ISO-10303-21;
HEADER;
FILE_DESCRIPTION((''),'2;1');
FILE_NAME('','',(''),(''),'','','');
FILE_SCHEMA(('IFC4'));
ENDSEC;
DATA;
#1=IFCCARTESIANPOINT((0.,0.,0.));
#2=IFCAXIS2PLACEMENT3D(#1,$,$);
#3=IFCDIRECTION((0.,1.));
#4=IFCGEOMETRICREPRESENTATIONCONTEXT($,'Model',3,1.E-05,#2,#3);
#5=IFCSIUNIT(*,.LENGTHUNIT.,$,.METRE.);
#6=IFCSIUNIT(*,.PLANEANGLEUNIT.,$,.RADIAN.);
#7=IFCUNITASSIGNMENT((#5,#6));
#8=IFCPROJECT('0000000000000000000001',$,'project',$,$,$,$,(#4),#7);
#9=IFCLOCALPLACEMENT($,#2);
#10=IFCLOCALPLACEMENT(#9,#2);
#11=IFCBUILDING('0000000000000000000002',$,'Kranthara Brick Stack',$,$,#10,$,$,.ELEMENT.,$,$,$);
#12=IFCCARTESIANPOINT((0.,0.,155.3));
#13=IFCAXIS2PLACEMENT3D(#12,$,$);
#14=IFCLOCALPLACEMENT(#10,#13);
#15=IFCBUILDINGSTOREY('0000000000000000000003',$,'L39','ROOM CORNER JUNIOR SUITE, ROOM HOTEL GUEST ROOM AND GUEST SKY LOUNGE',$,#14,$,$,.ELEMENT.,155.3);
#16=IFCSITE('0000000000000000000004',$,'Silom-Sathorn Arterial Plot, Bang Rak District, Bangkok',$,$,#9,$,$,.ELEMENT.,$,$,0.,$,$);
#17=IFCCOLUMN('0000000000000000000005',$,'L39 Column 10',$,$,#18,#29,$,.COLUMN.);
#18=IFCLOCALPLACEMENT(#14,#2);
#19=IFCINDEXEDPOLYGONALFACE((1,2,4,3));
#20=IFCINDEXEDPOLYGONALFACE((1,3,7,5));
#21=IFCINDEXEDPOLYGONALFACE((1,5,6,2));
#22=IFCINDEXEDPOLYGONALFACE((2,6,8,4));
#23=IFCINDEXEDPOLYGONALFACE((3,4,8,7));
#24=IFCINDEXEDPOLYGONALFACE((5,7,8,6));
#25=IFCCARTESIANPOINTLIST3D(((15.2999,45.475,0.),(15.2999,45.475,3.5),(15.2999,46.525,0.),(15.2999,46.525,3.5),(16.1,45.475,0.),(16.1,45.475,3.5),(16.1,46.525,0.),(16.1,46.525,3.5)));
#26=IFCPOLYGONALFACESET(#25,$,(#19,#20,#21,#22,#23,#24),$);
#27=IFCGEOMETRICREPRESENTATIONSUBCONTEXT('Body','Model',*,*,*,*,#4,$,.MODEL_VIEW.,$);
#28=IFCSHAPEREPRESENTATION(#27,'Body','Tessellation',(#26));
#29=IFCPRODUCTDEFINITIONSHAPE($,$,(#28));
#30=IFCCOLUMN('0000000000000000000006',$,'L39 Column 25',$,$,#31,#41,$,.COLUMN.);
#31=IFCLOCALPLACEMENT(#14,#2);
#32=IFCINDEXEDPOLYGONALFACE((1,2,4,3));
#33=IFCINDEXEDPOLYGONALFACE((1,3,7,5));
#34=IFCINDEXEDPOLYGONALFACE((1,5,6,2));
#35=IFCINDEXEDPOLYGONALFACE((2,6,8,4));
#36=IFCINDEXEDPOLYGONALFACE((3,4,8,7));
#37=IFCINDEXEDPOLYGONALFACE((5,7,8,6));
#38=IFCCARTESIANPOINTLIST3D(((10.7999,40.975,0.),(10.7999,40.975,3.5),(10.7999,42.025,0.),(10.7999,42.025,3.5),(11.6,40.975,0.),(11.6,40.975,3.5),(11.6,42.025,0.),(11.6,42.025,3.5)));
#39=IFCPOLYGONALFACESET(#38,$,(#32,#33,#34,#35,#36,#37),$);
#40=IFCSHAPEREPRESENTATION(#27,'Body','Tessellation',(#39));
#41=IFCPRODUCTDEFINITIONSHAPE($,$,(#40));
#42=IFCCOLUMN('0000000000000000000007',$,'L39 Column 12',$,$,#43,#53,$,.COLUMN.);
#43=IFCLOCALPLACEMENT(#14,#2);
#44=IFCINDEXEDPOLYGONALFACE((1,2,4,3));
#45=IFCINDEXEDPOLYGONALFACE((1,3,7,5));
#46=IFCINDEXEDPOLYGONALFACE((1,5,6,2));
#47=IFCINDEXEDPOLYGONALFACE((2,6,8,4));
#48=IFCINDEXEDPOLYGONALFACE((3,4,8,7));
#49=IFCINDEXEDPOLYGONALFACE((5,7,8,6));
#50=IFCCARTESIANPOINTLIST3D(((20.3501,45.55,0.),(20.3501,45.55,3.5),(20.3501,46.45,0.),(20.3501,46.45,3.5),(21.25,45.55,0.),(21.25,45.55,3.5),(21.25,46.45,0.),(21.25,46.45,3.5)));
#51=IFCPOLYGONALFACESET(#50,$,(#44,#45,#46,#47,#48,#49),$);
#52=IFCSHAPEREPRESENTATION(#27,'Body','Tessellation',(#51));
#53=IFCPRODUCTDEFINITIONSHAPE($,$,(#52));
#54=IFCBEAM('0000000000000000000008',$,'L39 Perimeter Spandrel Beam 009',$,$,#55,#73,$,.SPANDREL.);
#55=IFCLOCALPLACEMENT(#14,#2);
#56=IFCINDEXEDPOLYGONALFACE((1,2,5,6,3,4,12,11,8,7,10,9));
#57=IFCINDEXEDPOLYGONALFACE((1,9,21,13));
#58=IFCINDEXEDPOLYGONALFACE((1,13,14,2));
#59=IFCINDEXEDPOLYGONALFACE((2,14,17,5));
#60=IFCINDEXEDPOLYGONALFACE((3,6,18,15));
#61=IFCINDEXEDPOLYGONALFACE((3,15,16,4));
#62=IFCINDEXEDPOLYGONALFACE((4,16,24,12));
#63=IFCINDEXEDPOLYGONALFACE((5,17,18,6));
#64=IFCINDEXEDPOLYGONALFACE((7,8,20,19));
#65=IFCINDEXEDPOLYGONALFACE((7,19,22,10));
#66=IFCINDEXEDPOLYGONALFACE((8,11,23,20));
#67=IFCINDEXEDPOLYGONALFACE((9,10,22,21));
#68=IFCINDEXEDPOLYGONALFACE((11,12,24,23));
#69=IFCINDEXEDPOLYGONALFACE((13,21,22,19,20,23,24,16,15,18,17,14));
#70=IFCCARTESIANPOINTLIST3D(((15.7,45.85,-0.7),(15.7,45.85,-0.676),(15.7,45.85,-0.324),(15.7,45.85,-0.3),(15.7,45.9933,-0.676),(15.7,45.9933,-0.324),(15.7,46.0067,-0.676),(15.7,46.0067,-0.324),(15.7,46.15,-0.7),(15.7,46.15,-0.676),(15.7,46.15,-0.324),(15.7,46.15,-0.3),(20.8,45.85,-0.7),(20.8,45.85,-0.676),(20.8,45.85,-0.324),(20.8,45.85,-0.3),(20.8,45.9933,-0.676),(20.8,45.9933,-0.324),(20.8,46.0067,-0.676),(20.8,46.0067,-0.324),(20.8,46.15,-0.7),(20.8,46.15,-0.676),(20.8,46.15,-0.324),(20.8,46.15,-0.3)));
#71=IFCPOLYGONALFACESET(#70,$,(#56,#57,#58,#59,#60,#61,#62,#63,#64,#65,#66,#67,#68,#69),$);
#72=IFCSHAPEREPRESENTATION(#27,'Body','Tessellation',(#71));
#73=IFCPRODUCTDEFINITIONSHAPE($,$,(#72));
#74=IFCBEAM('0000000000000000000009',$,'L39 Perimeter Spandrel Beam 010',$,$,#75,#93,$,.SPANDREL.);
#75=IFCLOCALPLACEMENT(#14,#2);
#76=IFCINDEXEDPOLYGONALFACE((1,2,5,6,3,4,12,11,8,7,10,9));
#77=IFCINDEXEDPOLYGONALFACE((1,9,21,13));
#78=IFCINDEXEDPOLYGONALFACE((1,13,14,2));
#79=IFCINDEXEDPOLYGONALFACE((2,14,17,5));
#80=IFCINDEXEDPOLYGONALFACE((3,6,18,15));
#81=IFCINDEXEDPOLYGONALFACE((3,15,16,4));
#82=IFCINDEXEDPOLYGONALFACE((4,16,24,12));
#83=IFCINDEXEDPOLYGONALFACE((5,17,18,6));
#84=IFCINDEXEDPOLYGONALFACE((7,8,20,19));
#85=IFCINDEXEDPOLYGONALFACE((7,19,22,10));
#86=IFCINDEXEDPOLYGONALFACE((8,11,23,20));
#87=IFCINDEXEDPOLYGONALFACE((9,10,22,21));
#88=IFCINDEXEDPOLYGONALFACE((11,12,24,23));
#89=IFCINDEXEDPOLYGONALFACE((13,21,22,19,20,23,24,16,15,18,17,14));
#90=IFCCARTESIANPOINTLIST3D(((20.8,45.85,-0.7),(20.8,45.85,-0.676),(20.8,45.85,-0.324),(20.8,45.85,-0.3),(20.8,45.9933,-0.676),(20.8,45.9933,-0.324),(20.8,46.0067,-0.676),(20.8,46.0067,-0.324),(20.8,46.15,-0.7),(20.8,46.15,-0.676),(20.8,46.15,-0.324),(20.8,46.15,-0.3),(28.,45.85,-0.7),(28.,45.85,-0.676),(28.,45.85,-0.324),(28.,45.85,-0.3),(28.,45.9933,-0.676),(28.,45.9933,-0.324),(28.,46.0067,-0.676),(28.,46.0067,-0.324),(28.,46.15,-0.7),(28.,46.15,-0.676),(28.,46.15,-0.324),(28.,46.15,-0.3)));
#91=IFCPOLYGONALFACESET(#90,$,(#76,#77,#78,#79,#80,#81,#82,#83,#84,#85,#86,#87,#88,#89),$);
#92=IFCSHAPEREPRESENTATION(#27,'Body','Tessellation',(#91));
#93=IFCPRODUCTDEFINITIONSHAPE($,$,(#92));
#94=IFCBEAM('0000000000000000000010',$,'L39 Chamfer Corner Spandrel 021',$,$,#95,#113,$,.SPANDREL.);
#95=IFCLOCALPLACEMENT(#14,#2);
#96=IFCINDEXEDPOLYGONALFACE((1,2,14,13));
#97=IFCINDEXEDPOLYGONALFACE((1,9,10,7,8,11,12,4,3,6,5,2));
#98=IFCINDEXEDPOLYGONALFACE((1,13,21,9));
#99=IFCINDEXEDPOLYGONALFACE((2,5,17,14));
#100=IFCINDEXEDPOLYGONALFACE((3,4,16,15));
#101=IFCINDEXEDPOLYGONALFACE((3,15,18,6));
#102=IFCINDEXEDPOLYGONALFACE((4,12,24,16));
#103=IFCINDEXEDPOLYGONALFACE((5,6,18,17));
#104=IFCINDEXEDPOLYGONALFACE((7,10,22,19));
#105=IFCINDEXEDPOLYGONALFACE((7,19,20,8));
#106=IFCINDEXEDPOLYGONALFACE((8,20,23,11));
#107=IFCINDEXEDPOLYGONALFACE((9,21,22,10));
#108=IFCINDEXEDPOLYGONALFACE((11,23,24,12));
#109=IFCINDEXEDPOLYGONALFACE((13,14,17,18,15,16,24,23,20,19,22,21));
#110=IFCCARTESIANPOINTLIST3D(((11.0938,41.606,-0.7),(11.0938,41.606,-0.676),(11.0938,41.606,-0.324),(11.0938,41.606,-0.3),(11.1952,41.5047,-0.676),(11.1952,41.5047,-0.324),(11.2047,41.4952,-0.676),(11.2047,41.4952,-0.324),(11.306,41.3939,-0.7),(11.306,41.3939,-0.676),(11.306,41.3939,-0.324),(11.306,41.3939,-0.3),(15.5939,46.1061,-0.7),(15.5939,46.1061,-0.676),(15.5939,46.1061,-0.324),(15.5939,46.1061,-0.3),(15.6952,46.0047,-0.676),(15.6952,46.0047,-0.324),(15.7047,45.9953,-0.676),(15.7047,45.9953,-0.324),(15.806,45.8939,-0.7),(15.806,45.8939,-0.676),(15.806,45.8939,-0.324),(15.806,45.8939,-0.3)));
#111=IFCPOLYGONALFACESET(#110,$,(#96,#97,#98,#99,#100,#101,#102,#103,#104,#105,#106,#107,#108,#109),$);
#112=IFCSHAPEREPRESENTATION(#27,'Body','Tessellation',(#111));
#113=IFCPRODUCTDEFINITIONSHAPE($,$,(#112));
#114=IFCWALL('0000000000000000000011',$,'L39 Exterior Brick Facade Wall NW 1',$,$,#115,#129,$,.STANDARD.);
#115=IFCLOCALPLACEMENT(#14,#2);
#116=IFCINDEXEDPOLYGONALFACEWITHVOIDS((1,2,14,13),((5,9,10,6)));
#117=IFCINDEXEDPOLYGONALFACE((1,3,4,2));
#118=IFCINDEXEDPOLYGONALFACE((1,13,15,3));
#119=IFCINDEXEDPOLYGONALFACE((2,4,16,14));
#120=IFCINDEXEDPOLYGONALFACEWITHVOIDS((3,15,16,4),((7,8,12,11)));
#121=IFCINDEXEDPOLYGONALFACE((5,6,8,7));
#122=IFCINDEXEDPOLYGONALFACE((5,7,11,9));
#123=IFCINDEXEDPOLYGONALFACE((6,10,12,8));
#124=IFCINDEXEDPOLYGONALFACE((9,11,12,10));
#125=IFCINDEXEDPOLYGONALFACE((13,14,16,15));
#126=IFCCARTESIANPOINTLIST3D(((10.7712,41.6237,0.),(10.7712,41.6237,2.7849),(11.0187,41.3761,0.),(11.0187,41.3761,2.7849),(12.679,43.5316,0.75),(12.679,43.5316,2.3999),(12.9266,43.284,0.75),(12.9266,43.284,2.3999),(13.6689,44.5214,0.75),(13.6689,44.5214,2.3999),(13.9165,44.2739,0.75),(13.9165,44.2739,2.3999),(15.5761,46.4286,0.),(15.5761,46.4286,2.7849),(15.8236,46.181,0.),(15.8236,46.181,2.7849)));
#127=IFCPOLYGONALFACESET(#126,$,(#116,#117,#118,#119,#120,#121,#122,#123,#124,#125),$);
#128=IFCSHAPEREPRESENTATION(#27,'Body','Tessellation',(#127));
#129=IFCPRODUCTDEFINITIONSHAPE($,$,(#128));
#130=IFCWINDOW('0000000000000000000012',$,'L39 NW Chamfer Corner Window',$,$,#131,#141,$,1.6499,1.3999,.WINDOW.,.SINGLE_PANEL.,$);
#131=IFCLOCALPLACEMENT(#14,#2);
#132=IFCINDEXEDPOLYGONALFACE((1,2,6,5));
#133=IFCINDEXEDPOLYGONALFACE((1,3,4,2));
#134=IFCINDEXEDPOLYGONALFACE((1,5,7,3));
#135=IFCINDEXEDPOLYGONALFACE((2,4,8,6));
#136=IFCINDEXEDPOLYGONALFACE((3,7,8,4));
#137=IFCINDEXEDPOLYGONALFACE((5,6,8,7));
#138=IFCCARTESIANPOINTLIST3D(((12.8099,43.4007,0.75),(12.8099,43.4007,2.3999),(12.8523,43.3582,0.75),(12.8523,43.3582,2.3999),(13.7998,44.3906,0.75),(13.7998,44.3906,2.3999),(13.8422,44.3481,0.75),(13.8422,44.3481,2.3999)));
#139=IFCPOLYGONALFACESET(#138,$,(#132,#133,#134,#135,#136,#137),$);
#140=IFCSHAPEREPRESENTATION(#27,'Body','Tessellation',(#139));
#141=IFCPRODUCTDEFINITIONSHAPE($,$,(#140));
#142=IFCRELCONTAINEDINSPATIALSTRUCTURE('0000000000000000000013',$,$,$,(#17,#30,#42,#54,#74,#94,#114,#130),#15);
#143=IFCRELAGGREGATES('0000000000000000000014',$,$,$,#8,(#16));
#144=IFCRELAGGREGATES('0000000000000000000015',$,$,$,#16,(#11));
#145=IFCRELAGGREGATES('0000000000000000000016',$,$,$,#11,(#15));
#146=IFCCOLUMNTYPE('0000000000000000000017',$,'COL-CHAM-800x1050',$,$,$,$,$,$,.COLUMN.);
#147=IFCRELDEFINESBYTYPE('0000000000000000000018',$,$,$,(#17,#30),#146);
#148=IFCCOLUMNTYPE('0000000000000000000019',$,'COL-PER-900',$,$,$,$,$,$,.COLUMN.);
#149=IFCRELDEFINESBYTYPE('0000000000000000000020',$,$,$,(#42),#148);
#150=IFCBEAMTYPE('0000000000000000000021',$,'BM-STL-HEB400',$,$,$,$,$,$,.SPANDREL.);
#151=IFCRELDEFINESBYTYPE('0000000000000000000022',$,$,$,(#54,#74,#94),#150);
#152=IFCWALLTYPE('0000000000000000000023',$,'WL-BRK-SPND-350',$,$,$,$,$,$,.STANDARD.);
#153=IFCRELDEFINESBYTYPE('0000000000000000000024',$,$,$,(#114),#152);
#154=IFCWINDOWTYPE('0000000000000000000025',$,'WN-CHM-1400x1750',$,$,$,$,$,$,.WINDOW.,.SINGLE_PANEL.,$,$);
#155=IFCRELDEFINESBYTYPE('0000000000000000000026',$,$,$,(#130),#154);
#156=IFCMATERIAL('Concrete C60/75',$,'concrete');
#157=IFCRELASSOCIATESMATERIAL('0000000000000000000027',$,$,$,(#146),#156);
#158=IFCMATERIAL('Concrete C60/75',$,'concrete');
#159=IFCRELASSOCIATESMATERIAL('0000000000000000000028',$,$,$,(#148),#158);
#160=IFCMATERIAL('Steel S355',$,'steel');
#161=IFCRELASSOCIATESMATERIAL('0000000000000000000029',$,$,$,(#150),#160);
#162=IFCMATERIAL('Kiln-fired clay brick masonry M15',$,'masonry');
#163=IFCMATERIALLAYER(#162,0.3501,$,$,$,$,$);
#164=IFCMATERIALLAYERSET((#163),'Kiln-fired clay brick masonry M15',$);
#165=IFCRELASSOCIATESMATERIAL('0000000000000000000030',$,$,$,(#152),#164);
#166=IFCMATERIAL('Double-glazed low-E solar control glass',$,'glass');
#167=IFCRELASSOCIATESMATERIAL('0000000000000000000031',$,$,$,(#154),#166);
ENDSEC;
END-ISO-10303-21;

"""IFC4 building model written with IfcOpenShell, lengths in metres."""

from ifc_helpers import new_model, si_unit, direction, frame, frame_2d, origin, origin_2d, place, context, subcontext, project, spatial, rectangle, i_section, extrude, material, layer, layer_set, material_profile, profile_set, type_object, element, fill, save


model = new_model("IFC4")

# Units and contexts
model_context = context("Model", 3, precision=1e-05, world=origin(), true_north=direction((0.0, 1.0)))
body_context = subcontext(model_context, "Body", "Model", "MODEL_VIEW")
ifc_project = project(units=[si_unit("LENGTHUNIT", "METRE"), si_unit("PLANEANGLEUNIT", "RADIAN")], contexts=[model_context])

# Site, building, storey
site_placement = place(None, origin())
site = spatial("IfcSite", under=ifc_project, at=site_placement, Name="Silom-Sathorn Arterial Plot, Bang Rak District, Bangkok", CompositionType="ELEMENT", RefElevation=0.0)
building_placement = place(site_placement, origin())
building = spatial("IfcBuilding", under=site, at=building_placement, Name="Kranthara Brick Stack", CompositionType="ELEMENT")
storey_placement = place(building_placement, frame((0.0, 0.0, 155.3)))
storey = spatial("IfcBuildingStorey", under=building, at=storey_placement, Name="L39", Description="ROOM CORNER JUNIOR SUITE, ROOM HOTEL GUEST ROOM AND GUEST SKY LOUNGE", CompositionType="ELEMENT", Elevation=155.3)

# Columns
ifc_material_1 = material(Name="Concrete C60/75", Category="concrete")
ifc_material_profile_1 = material_profile(ifc_material_1, rectangle(XDim=0.8, YDim=1.05, at=origin_2d()), Name="RC 800x1050")
ifc_profile_set_1 = profile_set([ifc_material_profile_1], Name="Concrete C60/75")
column_type_1 = type_object("IfcColumnType", Name="COL-CHAM-800x1050", PredefinedType="COLUMN", material=ifc_profile_set_1)
for number, where, z_axis, x_axis, name in (
    (1, (15.7, 46.0, 0.0), (0.0, 0.0, 1.0), (1.0, 0.0, 0.0), "L39 Column 10"),
    (2, (11.2, 41.5, 0.0), (0.0, 0.0, 1.0), (1.0, 0.0, 0.0), "L39 Column 25"),
):
    element("IfcColumn", number, at=place(storey_placement, frame(where, z_axis=z_axis, x_axis=x_axis)), inside=storey, type_object=column_type_1, Name=name, PredefinedType="COLUMN", context=body_context, shape_type="SweptSolid", body=[
        extrude(rectangle(XDim=0.8, YDim=1.05, at=origin_2d()), origin(), (0.0, 0.0, 1.0), 3.5),
    ])
ifc_material_2 = material(Name="Concrete C60/75", Category="concrete")
ifc_material_profile_2 = material_profile(ifc_material_2, rectangle(XDim=0.8999, YDim=0.8999, at=origin_2d()), Name="RC 900x900")
ifc_profile_set_2 = profile_set([ifc_material_profile_2], Name="Concrete C60/75")
column_type_2 = type_object("IfcColumnType", Name="COL-PER-900", PredefinedType="COLUMN", material=ifc_profile_set_2)
column_placement = place(storey_placement, frame((20.8, 46.0, 0.0), z_axis=(0.0, 0.0, 1.0), x_axis=(1.0, 0.0, 0.0)))
element("IfcColumn", 3, at=column_placement, inside=storey, type_object=column_type_2, Name="L39 Column 12", PredefinedType="COLUMN", context=body_context, shape_type="SweptSolid", body=[
    extrude(rectangle(XDim=0.8999, YDim=0.8999, at=origin_2d()), origin(), (0.0, 0.0, 1.0), 3.5),
])

# Beams
ifc_material_3 = material(Name="Steel S355", Category="steel")
ifc_material_profile_3 = material_profile(ifc_material_3, i_section(OverallWidth=0.3, OverallDepth=0.3999, WebThickness=0.0134, FlangeThickness=0.0239, at=origin_2d()), Name="HEB 400")
ifc_profile_set_3 = profile_set([ifc_material_profile_3], Name="Steel S355")
beam_type = type_object("IfcBeamType", Name="BM-STL-HEB400", PredefinedType="SPANDREL", material=ifc_profile_set_3)
beam_1_placement = place(storey_placement, frame((15.7, 46.0, -0.5), z_axis=(1.0, 0.0, 0.0), x_axis=(0.0, 1.0, 0.0)))
element("IfcBeam", 4, at=beam_1_placement, inside=storey, type_object=beam_type, Name="L39 Perimeter Spandrel Beam 009", PredefinedType="SPANDREL", context=body_context, shape_type="SweptSolid", body=[
    extrude(i_section(OverallWidth=0.3, OverallDepth=0.3999, WebThickness=0.0134, FlangeThickness=0.0239, at=origin_2d()), origin(), (0.0, 0.0, 1.0), 5.1001),
])
beam_2_placement = place(storey_placement, frame((20.8, 46.0, -0.5), z_axis=(1.0, 0.0, 0.0), x_axis=(0.0, 1.0, 0.0)))
element("IfcBeam", 5, at=beam_2_placement, inside=storey, type_object=beam_type, Name="L39 Perimeter Spandrel Beam 010", PredefinedType="SPANDREL", context=body_context, shape_type="SweptSolid", body=[
    extrude(i_section(OverallWidth=0.3, OverallDepth=0.3999, WebThickness=0.0134, FlangeThickness=0.0239, at=origin_2d()), origin(), (0.0, 0.0, 1.0), 7.2),
])
beam_3_placement = place(storey_placement, frame((15.7, 46.0, -0.5), z_axis=(-0.707107, -0.707107, 0.0), x_axis=(0.707107, -0.707107, 0.0)))
element("IfcBeam", 6, at=beam_3_placement, inside=storey, type_object=beam_type, Name="L39 Chamfer Corner Spandrel 021", PredefinedType="SPANDREL", context=body_context, shape_type="SweptSolid", body=[
    extrude(i_section(OverallWidth=0.3, OverallDepth=0.3999, WebThickness=0.0134, FlangeThickness=0.0239, at=origin_2d()), origin(), (0.0, 0.0, 1.0), 6.364),
])

# Wall, opening, window
ifc_material_4 = material(Name="Kiln-fired clay brick masonry M15", Category="masonry")
ifc_layer_1 = layer(ifc_material_4, 0.3501)
ifc_layer_set_1 = layer_set([ifc_layer_1], Name="Kiln-fired clay brick masonry M15")
wall_type_1 = type_object("IfcWallType", Name="WL-BRK-SPND-350", PredefinedType="STANDARD", material=ifc_layer_set_1)
wall_1_placement = place(storey_placement, frame((10.895, 41.5, 0.0), z_axis=(0.0, 0.0, 1.0), x_axis=(0.707107, 0.707107, 0.0)))
wall_1 = element("IfcWall", 7, at=wall_1_placement, inside=storey, type_object=wall_type_1, Name="L39 Exterior Brick Facade Wall NW 1", PredefinedType="STANDARD", context=body_context, shape_type="SweptSolid", body=[
    extrude(rectangle(XDim=6.7952, YDim=0.3501, at=frame_2d((3.3975, 0.0))), origin(), (0.0, 0.0, 1.0), 2.7849),
])
opening_1_placement = place(wall_1_placement, frame((2.698, 0.0, 0.75)))
opening_1 = element("IfcOpeningElement", 8, at=opening_1_placement, cuts=wall_1, PredefinedType="OPENING", context=body_context, shape_type="SweptSolid", body=[
    extrude(rectangle(XDim=1.3999, YDim=1.6499, at=frame_2d((0.7, 0.825))), frame((0.0, 0.1851, 0.0), z_axis=(0.0, -1.0, 0.0), x_axis=(1.0, 0.0, 0.0)), (0.0, 0.0, 1.0), 0.3701),
])
ifc_material_5 = material(Name="Double-glazed low-E solar control glass", Category="glass")
window_type_1 = type_object("IfcWindowType", Name="WN-CHM-1400x1750", PartitioningType="SINGLE_PANEL", PredefinedType="WINDOW", material=ifc_material_5)
window_1_placement = place(opening_1_placement, origin())
window_1 = element("IfcWindow", 9, at=window_1_placement, inside=storey, type_object=window_type_1, Name="L39 NW Chamfer Corner Window", OverallHeight=1.6499, OverallWidth=1.3999, PartitioningType="SINGLE_PANEL", PredefinedType="WINDOW", context=body_context, shape_type="SweptSolid", body=[
    extrude(rectangle(XDim=1.3999, YDim=1.6499, at=frame_2d((0.7, 0.825))), frame((0.0, -0.01, 0.0), z_axis=(0.0, -1.0, 0.0), x_axis=(1.0, 0.0, 0.0)), (0.0, 0.0, 1.0), 0.0601),
])
fill(opening_1, window_1)

save(model, "model.ifc")
